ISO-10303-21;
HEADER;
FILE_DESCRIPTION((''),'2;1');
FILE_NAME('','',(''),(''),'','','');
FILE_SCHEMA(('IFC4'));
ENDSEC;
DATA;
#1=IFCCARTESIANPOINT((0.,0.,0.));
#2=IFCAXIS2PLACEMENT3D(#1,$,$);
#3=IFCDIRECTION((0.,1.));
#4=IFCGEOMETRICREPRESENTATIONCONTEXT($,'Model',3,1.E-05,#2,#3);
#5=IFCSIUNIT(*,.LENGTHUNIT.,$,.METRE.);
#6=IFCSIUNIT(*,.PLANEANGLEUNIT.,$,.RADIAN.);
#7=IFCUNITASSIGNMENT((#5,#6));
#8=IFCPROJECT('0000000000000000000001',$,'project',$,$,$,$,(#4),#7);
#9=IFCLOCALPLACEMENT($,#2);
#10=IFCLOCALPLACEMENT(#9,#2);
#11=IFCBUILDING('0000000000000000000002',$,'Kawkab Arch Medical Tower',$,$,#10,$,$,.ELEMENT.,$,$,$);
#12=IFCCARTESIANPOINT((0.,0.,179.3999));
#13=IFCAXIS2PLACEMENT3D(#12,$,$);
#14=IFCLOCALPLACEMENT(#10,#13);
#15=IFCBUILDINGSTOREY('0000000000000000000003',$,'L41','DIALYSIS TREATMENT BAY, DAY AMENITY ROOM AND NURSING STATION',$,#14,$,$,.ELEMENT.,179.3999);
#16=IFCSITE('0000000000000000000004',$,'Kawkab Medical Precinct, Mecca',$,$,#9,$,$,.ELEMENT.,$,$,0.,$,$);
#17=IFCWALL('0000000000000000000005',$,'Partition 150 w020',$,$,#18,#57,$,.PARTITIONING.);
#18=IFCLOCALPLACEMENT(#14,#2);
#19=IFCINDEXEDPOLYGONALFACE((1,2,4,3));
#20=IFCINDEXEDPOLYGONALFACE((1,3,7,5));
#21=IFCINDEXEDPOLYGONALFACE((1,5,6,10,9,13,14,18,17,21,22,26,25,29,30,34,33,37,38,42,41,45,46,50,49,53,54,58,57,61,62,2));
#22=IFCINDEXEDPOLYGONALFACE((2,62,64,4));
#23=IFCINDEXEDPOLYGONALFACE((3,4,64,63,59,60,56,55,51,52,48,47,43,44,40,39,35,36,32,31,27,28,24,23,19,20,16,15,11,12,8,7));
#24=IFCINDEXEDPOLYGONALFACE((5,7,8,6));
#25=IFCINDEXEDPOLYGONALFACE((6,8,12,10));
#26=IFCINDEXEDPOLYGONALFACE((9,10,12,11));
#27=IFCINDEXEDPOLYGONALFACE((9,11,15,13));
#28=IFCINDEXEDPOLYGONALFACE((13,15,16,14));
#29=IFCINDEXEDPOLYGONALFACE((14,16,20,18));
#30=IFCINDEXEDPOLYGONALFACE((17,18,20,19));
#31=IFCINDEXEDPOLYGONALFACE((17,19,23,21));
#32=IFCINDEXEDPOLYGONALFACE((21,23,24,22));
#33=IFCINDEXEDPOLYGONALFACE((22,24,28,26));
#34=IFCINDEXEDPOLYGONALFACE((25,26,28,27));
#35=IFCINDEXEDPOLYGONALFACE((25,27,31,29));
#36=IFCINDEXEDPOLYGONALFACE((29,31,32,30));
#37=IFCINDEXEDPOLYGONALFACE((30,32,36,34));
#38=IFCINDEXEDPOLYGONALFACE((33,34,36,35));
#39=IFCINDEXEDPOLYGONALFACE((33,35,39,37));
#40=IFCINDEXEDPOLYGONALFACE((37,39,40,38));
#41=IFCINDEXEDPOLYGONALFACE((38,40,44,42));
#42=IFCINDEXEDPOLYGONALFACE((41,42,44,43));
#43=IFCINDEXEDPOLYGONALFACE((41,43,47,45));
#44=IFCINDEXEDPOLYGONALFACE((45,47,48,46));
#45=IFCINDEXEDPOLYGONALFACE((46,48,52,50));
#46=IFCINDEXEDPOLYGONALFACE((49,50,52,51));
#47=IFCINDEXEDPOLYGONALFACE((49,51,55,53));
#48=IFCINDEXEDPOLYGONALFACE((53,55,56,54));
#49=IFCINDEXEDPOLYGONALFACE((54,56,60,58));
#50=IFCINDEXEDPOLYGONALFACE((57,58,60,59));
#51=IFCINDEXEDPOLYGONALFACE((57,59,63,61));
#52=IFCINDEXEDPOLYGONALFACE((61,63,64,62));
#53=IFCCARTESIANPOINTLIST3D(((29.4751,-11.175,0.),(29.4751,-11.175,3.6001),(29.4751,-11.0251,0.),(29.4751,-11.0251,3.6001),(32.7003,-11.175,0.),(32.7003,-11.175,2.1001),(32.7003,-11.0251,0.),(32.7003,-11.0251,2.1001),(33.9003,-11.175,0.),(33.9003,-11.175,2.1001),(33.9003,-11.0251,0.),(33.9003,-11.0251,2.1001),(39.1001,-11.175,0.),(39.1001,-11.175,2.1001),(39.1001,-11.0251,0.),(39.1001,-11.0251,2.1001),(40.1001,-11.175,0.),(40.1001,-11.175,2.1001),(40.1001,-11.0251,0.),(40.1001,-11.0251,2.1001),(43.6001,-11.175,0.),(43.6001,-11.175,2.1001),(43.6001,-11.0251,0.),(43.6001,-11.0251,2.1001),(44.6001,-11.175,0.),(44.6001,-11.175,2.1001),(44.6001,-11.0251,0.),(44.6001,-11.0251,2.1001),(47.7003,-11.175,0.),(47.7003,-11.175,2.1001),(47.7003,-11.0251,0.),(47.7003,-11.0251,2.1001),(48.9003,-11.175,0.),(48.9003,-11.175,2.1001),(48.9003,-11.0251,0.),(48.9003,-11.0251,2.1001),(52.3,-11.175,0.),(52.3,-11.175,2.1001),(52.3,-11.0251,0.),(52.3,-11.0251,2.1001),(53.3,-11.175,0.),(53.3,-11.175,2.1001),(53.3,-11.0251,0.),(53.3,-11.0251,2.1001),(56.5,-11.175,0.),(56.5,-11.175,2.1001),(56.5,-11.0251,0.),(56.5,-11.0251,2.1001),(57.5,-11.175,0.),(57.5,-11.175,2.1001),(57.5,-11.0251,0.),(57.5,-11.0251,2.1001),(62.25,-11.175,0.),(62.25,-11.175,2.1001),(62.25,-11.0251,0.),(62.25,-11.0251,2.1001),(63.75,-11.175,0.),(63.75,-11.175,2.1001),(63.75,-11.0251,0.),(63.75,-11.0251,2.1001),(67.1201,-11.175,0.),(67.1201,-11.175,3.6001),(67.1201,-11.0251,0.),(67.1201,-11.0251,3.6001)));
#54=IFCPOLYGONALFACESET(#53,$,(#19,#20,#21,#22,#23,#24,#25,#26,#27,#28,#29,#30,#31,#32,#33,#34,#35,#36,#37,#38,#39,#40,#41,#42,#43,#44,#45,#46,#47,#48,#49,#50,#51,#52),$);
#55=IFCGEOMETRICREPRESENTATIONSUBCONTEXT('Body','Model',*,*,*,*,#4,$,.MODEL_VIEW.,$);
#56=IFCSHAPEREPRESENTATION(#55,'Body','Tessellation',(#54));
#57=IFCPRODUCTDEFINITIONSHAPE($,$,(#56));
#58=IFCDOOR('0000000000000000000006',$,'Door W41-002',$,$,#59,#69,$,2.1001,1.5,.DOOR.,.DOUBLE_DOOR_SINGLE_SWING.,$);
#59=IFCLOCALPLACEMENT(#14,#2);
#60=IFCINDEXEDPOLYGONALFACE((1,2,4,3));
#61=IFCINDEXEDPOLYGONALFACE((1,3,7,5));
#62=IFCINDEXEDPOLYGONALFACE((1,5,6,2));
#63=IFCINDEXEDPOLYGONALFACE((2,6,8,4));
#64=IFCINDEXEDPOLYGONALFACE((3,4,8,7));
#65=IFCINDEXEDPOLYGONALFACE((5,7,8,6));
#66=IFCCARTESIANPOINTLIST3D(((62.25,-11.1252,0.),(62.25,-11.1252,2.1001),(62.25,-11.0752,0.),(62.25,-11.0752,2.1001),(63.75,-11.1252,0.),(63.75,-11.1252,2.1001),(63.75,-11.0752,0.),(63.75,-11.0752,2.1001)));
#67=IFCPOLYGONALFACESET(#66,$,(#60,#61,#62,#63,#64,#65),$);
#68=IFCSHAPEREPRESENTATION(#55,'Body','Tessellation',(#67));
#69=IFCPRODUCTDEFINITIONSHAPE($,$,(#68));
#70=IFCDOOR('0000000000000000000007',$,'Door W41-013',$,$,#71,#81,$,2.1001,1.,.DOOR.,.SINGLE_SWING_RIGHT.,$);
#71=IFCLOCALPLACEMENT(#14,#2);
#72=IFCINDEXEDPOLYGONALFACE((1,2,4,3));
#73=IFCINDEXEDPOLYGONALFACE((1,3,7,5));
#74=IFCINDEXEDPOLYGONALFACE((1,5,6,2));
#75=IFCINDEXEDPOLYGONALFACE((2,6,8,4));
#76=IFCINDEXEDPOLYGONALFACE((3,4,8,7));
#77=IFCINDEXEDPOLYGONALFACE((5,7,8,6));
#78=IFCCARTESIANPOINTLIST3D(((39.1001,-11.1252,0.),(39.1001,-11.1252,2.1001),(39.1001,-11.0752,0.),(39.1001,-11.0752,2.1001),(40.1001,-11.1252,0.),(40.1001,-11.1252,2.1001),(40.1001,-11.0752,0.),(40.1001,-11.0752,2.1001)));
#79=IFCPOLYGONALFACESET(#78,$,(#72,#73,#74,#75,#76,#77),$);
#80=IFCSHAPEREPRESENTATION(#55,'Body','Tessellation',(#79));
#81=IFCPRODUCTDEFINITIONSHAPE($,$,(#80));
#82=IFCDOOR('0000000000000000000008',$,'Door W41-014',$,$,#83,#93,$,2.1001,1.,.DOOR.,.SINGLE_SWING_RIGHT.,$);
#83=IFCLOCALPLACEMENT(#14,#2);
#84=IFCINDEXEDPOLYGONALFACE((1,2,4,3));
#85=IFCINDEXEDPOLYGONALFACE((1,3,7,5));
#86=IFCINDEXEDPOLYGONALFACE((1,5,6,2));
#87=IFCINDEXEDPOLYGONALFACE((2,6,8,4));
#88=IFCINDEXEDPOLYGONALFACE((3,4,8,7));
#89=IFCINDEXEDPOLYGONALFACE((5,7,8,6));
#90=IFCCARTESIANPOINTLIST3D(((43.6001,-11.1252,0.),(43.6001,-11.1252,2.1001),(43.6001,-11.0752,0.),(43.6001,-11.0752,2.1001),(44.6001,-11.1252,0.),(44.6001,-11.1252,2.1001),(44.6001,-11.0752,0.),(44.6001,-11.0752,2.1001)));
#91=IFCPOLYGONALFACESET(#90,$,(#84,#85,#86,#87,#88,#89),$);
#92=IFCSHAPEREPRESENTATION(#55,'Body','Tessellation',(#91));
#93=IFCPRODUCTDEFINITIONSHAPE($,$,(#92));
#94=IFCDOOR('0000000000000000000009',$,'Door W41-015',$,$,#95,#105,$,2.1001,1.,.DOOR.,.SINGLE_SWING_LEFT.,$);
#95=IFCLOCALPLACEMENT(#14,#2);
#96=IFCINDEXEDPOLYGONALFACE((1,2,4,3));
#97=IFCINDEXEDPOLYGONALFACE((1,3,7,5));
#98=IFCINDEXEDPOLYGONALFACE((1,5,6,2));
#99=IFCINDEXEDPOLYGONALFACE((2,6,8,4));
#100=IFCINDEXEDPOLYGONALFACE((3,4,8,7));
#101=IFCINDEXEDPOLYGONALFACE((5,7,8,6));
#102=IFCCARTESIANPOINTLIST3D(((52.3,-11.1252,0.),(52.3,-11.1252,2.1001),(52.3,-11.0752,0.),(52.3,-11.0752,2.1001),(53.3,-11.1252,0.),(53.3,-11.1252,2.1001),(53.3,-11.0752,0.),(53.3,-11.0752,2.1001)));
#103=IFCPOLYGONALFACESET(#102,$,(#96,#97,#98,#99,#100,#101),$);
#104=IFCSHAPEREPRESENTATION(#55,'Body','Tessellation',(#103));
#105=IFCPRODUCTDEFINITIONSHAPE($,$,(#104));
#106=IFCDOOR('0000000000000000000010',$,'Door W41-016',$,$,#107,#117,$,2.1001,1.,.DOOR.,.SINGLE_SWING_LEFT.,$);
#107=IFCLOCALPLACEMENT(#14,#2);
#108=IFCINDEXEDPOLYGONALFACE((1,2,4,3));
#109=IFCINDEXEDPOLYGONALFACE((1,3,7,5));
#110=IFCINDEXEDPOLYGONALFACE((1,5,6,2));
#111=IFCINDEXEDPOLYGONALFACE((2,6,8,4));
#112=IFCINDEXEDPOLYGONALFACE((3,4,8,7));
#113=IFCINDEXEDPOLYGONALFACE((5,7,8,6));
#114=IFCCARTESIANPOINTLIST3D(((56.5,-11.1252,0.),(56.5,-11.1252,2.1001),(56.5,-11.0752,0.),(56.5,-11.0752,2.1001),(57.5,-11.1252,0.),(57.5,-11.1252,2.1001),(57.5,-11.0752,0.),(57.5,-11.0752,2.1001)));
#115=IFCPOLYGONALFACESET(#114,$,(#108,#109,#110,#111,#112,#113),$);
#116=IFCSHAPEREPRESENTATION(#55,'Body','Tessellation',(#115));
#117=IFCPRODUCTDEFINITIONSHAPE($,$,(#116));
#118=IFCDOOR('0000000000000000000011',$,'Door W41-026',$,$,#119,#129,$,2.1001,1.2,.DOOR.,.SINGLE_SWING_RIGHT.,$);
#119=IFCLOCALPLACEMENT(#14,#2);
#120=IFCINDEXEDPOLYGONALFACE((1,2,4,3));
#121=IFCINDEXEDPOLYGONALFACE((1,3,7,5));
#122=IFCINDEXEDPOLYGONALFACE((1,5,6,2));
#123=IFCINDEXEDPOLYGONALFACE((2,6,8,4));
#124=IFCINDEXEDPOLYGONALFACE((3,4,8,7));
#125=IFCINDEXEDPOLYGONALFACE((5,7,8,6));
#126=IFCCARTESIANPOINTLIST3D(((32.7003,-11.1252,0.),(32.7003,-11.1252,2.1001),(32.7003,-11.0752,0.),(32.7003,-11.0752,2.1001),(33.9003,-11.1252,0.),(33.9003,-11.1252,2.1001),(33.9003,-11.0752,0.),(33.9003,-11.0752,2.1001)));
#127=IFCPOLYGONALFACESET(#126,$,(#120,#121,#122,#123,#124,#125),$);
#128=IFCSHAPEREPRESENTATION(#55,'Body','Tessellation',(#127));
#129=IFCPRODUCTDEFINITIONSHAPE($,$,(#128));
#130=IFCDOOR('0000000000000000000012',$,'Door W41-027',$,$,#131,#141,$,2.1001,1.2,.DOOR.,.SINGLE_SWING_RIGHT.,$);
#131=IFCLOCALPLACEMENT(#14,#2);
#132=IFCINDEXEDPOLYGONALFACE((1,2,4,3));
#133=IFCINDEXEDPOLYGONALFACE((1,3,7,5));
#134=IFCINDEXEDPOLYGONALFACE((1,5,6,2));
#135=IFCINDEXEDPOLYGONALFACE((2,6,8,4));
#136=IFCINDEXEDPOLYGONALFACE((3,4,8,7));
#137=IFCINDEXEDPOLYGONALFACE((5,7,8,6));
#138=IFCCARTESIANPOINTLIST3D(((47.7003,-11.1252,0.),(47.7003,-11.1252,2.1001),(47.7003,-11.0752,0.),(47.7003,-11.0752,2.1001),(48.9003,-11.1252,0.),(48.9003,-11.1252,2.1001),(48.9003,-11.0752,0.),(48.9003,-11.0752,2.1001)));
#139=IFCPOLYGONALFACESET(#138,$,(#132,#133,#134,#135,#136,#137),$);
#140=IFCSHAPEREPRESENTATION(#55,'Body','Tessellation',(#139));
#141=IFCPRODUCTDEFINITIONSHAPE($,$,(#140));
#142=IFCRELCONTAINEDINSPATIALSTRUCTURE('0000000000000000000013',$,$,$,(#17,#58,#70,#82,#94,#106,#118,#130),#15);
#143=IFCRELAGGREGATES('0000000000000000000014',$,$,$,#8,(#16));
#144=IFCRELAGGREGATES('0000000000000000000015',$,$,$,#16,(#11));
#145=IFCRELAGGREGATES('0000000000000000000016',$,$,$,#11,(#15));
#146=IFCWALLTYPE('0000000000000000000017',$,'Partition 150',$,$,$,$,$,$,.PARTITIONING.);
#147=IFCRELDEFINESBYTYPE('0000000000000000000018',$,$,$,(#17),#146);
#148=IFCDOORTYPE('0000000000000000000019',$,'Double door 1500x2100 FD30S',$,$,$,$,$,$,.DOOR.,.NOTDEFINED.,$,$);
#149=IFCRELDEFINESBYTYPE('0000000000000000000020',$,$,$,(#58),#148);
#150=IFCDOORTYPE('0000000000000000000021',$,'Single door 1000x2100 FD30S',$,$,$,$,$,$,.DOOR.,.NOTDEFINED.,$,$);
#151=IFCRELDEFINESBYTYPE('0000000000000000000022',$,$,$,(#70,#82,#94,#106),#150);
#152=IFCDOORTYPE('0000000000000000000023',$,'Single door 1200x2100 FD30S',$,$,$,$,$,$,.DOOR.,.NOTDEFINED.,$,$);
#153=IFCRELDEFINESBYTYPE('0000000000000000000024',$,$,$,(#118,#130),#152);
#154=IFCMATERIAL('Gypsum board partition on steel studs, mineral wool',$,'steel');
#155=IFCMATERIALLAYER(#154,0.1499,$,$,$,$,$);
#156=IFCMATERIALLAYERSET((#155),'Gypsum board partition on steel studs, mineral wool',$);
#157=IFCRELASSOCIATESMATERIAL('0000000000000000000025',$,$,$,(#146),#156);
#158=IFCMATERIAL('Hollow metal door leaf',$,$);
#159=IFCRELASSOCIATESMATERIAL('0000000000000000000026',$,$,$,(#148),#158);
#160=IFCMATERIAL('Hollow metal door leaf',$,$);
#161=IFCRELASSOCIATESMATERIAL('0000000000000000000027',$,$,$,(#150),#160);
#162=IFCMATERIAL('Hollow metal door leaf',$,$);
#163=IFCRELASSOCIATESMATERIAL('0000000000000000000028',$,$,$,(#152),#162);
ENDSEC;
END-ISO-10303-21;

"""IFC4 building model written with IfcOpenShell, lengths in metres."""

from ifc_helpers import new_model, si_unit, direction, frame, frame_2d, origin, place, context, subcontext, project, spatial, rectangle, extrude, material, layer, layer_set, type_object, element, fill, save


model = new_model("IFC4")

# Units and contexts
model_context = context("Model", 3, precision=1e-05, world=origin(), true_north=direction((0.0, 1.0)))
body_context = subcontext(model_context, "Body", "Model", "MODEL_VIEW")
ifc_project = project(units=[si_unit("LENGTHUNIT", "METRE"), si_unit("PLANEANGLEUNIT", "RADIAN")], contexts=[model_context])

# Site, building, storey
site_placement = place(None, origin())
site = spatial("IfcSite", under=ifc_project, at=site_placement, Name="Kawkab Medical Precinct, Mecca", CompositionType="ELEMENT", RefElevation=0.0)
building_placement = place(site_placement, origin())
building = spatial("IfcBuilding", under=site, at=building_placement, Name="Kawkab Arch Medical Tower", CompositionType="ELEMENT")
storey_placement = place(building_placement, frame((0.0, 0.0, 179.3999)))
storey = spatial("IfcBuildingStorey", under=building, at=storey_placement, Name="L41", Description="DIALYSIS TREATMENT BAY, DAY AMENITY ROOM AND NURSING STATION", CompositionType="ELEMENT", Elevation=179.3999)

# Wall, openings, doors
ifc_material_1 = material(Name="Gypsum board partition on steel studs, mineral wool", Category="steel")
ifc_layer_1 = layer(ifc_material_1, 0.1499)
ifc_layer_set_1 = layer_set([ifc_layer_1], Name="Gypsum board partition on steel studs, mineral wool")
wall_type_1 = type_object("IfcWallType", Name="Partition 150", PredefinedType="PARTITIONING", material=ifc_layer_set_1)
wall_1_placement = place(storey_placement, frame((29.4751, -11.1001, 0.0), z_axis=(0.0, 0.0, 1.0), x_axis=(1.0, 0.0, 0.0)))
wall_1 = element("IfcWall", 1, at=wall_1_placement, inside=storey, type_object=wall_type_1, Name="Partition 150 w020", PredefinedType="PARTITIONING", context=body_context, shape_type="SweptSolid", body=[
    extrude(rectangle(XDim=37.645, YDim=0.1499, at=frame_2d((18.8225, 0.0))), origin(), (0.0, 0.0, 1.0), 3.6001),
])
opening_1_placement = place(wall_1_placement, frame((3.2251, 0.0, 0.0)))
opening_1 = element("IfcOpeningElement", 2, at=opening_1_placement, cuts=wall_1, PredefinedType="OPENING", context=body_context, shape_type="SweptSolid", body=[
    extrude(rectangle(XDim=1.2, YDim=2.1001, at=frame_2d((0.6001, 1.05))), frame((0.0, 0.085, 0.0), z_axis=(0.0, -1.0, 0.0), x_axis=(1.0, 0.0, 0.0)), (0.0, 0.0, 1.0), 0.1699),
])
opening_2_placement = place(wall_1_placement, frame((9.625, 0.0, 0.0)))
opening_2 = element("IfcOpeningElement", 3, at=opening_2_placement, cuts=wall_1, PredefinedType="OPENING", context=body_context, shape_type="SweptSolid", body=[
    extrude(rectangle(XDim=1.0, YDim=2.1001, at=frame_2d((0.5, 1.05))), frame((0.0, 0.085, 0.0), z_axis=(0.0, -1.0, 0.0), x_axis=(1.0, 0.0, 0.0)), (0.0, 0.0, 1.0), 0.1699),
])
opening_3_placement = place(wall_1_placement, frame((14.125, 0.0, 0.0)))
opening_3 = element("IfcOpeningElement", 4, at=opening_3_placement, cuts=wall_1, PredefinedType="OPENING", context=body_context, shape_type="SweptSolid", body=[
    extrude(rectangle(XDim=1.0, YDim=2.1001, at=frame_2d((0.5, 1.05))), frame((0.0, 0.085, 0.0), z_axis=(0.0, -1.0, 0.0), x_axis=(1.0, 0.0, 0.0)), (0.0, 0.0, 1.0), 0.1699),
])
opening_4_placement = place(wall_1_placement, frame((18.2251, 0.0, 0.0)))
opening_4 = element("IfcOpeningElement", 5, at=opening_4_placement, cuts=wall_1, PredefinedType="OPENING", context=body_context, shape_type="SweptSolid", body=[
    extrude(rectangle(XDim=1.2, YDim=2.1001, at=frame_2d((0.6001, 1.05))), frame((0.0, 0.085, 0.0), z_axis=(0.0, -1.0, 0.0), x_axis=(1.0, 0.0, 0.0)), (0.0, 0.0, 1.0), 0.1699),
])
opening_5_placement = place(wall_1_placement, frame((22.825, 0.0, 0.0)))
opening_5 = element("IfcOpeningElement", 6, at=opening_5_placement, cuts=wall_1, PredefinedType="OPENING", context=body_context, shape_type="SweptSolid", body=[
    extrude(rectangle(XDim=1.0, YDim=2.1001, at=frame_2d((0.5, 1.05))), frame((0.0, 0.085, 0.0), z_axis=(0.0, -1.0, 0.0), x_axis=(1.0, 0.0, 0.0)), (0.0, 0.0, 1.0), 0.1699),
])
opening_6_placement = place(wall_1_placement, frame((27.0249, 0.0, 0.0)))
opening_6 = element("IfcOpeningElement", 7, at=opening_6_placement, cuts=wall_1, PredefinedType="OPENING", context=body_context, shape_type="SweptSolid", body=[
    extrude(rectangle(XDim=1.0, YDim=2.1001, at=frame_2d((0.5, 1.05))), frame((0.0, 0.085, 0.0), z_axis=(0.0, -1.0, 0.0), x_axis=(1.0, 0.0, 0.0)), (0.0, 0.0, 1.0), 0.1699),
])
opening_7_placement = place(wall_1_placement, frame((32.7749, 0.0, 0.0)))
opening_7 = element("IfcOpeningElement", 8, at=opening_7_placement, cuts=wall_1, PredefinedType="OPENING", context=body_context, shape_type="SweptSolid", body=[
    extrude(rectangle(XDim=1.5, YDim=2.1001, at=frame_2d((0.75, 1.05))), frame((0.0, 0.085, 0.0), z_axis=(0.0, -1.0, 0.0), x_axis=(1.0, 0.0, 0.0)), (0.0, 0.0, 1.0), 0.1699),
])
ifc_material_2 = material(Name="Hollow metal door leaf")
door_type_1 = type_object("IfcDoorType", Name="Double door 1500x2100 FD30S", OperationType="NOTDEFINED", PredefinedType="DOOR", material=ifc_material_2)
door_1_placement = place(opening_7_placement, origin())
door_1 = element("IfcDoor", 9, at=door_1_placement, inside=storey, type_object=door_type_1, Name="Door W41-002", OperationType="DOUBLE_DOOR_SINGLE_SWING", OverallHeight=2.1001, OverallWidth=1.5, PredefinedType="DOOR", context=body_context, shape_type="SweptSolid", body=[
    extrude(rectangle(XDim=1.5, YDim=2.1001, at=frame_2d((0.75, 1.05))), frame((0.0, 0.0249, 0.0), z_axis=(0.0, -1.0, 0.0), x_axis=(1.0, 0.0, 0.0)), (0.0, 0.0, 1.0), 0.05),
])
fill(opening_7, door_1)
ifc_material_3 = material(Name="Hollow metal door leaf")
door_type_2 = type_object("IfcDoorType", Name="Single door 1000x2100 FD30S", OperationType="NOTDEFINED", PredefinedType="DOOR", material=ifc_material_3)
door_2_placement = place(opening_2_placement, origin())
door_2 = element("IfcDoor", 10, at=door_2_placement, inside=storey, type_object=door_type_2, Name="Door W41-013", OperationType="SINGLE_SWING_RIGHT", OverallHeight=2.1001, OverallWidth=1.0, PredefinedType="DOOR", context=body_context, shape_type="SweptSolid", body=[
    extrude(rectangle(XDim=1.0, YDim=2.1001, at=frame_2d((0.5, 1.05))), frame((0.0, 0.0249, 0.0), z_axis=(0.0, -1.0, 0.0), x_axis=(1.0, 0.0, 0.0)), (0.0, 0.0, 1.0), 0.05),
])
fill(opening_2, door_2)
door_3_placement = place(opening_3_placement, origin())
door_3 = element("IfcDoor", 11, at=door_3_placement, inside=storey, type_object=door_type_2, Name="Door W41-014", OperationType="SINGLE_SWING_RIGHT", OverallHeight=2.1001, OverallWidth=1.0, PredefinedType="DOOR", context=body_context, shape_type="SweptSolid", body=[
    extrude(rectangle(XDim=1.0, YDim=2.1001, at=frame_2d((0.5, 1.05))), frame((0.0, 0.0249, 0.0), z_axis=(0.0, -1.0, 0.0), x_axis=(1.0, 0.0, 0.0)), (0.0, 0.0, 1.0), 0.05),
])
fill(opening_3, door_3)
door_4_placement = place(opening_5_placement, origin())
door_4 = element("IfcDoor", 12, at=door_4_placement, inside=storey, type_object=door_type_2, Name="Door W41-015", OperationType="SINGLE_SWING_LEFT", OverallHeight=2.1001, OverallWidth=1.0, PredefinedType="DOOR", context=body_context, shape_type="SweptSolid", body=[
    extrude(rectangle(XDim=1.0, YDim=2.1001, at=frame_2d((0.5, 1.05))), frame((0.0, 0.0249, 0.0), z_axis=(0.0, -1.0, 0.0), x_axis=(1.0, 0.0, 0.0)), (0.0, 0.0, 1.0), 0.05),
])
fill(opening_5, door_4)
door_5_placement = place(opening_6_placement, origin())
door_5 = element("IfcDoor", 13, at=door_5_placement, inside=storey, type_object=door_type_2, Name="Door W41-016", OperationType="SINGLE_SWING_LEFT", OverallHeight=2.1001, OverallWidth=1.0, PredefinedType="DOOR", context=body_context, shape_type="SweptSolid", body=[
    extrude(rectangle(XDim=1.0, YDim=2.1001, at=frame_2d((0.5, 1.05))), frame((0.0, 0.0249, 0.0), z_axis=(0.0, -1.0, 0.0), x_axis=(1.0, 0.0, 0.0)), (0.0, 0.0, 1.0), 0.05),
])
fill(opening_6, door_5)
ifc_material_4 = material(Name="Hollow metal door leaf")
door_type_3 = type_object("IfcDoorType", Name="Single door 1200x2100 FD30S", OperationType="NOTDEFINED", PredefinedType="DOOR", material=ifc_material_4)
door_6_placement = place(opening_1_placement, origin())
door_6 = element("IfcDoor", 14, at=door_6_placement, inside=storey, type_object=door_type_3, Name="Door W41-026", OperationType="SINGLE_SWING_RIGHT", OverallHeight=2.1001, OverallWidth=1.2, PredefinedType="DOOR", context=body_context, shape_type="SweptSolid", body=[
    extrude(rectangle(XDim=1.2, YDim=2.1001, at=frame_2d((0.6001, 1.05))), frame((0.0, 0.0249, 0.0), z_axis=(0.0, -1.0, 0.0), x_axis=(1.0, 0.0, 0.0)), (0.0, 0.0, 1.0), 0.05),
])
fill(opening_1, door_6)
door_7_placement = place(opening_4_placement, origin())
door_7 = element("IfcDoor", 15, at=door_7_placement, inside=storey, type_object=door_type_3, Name="Door W41-027", OperationType="SINGLE_SWING_RIGHT", OverallHeight=2.1001, OverallWidth=1.2, PredefinedType="DOOR", context=body_context, shape_type="SweptSolid", body=[
    extrude(rectangle(XDim=1.2, YDim=2.1001, at=frame_2d((0.6001, 1.05))), frame((0.0, 0.0249, 0.0), z_axis=(0.0, -1.0, 0.0), x_axis=(1.0, 0.0, 0.0)), (0.0, 0.0, 1.0), 0.05),
])
fill(opening_4, door_7)

save(model, "model.ifc")
